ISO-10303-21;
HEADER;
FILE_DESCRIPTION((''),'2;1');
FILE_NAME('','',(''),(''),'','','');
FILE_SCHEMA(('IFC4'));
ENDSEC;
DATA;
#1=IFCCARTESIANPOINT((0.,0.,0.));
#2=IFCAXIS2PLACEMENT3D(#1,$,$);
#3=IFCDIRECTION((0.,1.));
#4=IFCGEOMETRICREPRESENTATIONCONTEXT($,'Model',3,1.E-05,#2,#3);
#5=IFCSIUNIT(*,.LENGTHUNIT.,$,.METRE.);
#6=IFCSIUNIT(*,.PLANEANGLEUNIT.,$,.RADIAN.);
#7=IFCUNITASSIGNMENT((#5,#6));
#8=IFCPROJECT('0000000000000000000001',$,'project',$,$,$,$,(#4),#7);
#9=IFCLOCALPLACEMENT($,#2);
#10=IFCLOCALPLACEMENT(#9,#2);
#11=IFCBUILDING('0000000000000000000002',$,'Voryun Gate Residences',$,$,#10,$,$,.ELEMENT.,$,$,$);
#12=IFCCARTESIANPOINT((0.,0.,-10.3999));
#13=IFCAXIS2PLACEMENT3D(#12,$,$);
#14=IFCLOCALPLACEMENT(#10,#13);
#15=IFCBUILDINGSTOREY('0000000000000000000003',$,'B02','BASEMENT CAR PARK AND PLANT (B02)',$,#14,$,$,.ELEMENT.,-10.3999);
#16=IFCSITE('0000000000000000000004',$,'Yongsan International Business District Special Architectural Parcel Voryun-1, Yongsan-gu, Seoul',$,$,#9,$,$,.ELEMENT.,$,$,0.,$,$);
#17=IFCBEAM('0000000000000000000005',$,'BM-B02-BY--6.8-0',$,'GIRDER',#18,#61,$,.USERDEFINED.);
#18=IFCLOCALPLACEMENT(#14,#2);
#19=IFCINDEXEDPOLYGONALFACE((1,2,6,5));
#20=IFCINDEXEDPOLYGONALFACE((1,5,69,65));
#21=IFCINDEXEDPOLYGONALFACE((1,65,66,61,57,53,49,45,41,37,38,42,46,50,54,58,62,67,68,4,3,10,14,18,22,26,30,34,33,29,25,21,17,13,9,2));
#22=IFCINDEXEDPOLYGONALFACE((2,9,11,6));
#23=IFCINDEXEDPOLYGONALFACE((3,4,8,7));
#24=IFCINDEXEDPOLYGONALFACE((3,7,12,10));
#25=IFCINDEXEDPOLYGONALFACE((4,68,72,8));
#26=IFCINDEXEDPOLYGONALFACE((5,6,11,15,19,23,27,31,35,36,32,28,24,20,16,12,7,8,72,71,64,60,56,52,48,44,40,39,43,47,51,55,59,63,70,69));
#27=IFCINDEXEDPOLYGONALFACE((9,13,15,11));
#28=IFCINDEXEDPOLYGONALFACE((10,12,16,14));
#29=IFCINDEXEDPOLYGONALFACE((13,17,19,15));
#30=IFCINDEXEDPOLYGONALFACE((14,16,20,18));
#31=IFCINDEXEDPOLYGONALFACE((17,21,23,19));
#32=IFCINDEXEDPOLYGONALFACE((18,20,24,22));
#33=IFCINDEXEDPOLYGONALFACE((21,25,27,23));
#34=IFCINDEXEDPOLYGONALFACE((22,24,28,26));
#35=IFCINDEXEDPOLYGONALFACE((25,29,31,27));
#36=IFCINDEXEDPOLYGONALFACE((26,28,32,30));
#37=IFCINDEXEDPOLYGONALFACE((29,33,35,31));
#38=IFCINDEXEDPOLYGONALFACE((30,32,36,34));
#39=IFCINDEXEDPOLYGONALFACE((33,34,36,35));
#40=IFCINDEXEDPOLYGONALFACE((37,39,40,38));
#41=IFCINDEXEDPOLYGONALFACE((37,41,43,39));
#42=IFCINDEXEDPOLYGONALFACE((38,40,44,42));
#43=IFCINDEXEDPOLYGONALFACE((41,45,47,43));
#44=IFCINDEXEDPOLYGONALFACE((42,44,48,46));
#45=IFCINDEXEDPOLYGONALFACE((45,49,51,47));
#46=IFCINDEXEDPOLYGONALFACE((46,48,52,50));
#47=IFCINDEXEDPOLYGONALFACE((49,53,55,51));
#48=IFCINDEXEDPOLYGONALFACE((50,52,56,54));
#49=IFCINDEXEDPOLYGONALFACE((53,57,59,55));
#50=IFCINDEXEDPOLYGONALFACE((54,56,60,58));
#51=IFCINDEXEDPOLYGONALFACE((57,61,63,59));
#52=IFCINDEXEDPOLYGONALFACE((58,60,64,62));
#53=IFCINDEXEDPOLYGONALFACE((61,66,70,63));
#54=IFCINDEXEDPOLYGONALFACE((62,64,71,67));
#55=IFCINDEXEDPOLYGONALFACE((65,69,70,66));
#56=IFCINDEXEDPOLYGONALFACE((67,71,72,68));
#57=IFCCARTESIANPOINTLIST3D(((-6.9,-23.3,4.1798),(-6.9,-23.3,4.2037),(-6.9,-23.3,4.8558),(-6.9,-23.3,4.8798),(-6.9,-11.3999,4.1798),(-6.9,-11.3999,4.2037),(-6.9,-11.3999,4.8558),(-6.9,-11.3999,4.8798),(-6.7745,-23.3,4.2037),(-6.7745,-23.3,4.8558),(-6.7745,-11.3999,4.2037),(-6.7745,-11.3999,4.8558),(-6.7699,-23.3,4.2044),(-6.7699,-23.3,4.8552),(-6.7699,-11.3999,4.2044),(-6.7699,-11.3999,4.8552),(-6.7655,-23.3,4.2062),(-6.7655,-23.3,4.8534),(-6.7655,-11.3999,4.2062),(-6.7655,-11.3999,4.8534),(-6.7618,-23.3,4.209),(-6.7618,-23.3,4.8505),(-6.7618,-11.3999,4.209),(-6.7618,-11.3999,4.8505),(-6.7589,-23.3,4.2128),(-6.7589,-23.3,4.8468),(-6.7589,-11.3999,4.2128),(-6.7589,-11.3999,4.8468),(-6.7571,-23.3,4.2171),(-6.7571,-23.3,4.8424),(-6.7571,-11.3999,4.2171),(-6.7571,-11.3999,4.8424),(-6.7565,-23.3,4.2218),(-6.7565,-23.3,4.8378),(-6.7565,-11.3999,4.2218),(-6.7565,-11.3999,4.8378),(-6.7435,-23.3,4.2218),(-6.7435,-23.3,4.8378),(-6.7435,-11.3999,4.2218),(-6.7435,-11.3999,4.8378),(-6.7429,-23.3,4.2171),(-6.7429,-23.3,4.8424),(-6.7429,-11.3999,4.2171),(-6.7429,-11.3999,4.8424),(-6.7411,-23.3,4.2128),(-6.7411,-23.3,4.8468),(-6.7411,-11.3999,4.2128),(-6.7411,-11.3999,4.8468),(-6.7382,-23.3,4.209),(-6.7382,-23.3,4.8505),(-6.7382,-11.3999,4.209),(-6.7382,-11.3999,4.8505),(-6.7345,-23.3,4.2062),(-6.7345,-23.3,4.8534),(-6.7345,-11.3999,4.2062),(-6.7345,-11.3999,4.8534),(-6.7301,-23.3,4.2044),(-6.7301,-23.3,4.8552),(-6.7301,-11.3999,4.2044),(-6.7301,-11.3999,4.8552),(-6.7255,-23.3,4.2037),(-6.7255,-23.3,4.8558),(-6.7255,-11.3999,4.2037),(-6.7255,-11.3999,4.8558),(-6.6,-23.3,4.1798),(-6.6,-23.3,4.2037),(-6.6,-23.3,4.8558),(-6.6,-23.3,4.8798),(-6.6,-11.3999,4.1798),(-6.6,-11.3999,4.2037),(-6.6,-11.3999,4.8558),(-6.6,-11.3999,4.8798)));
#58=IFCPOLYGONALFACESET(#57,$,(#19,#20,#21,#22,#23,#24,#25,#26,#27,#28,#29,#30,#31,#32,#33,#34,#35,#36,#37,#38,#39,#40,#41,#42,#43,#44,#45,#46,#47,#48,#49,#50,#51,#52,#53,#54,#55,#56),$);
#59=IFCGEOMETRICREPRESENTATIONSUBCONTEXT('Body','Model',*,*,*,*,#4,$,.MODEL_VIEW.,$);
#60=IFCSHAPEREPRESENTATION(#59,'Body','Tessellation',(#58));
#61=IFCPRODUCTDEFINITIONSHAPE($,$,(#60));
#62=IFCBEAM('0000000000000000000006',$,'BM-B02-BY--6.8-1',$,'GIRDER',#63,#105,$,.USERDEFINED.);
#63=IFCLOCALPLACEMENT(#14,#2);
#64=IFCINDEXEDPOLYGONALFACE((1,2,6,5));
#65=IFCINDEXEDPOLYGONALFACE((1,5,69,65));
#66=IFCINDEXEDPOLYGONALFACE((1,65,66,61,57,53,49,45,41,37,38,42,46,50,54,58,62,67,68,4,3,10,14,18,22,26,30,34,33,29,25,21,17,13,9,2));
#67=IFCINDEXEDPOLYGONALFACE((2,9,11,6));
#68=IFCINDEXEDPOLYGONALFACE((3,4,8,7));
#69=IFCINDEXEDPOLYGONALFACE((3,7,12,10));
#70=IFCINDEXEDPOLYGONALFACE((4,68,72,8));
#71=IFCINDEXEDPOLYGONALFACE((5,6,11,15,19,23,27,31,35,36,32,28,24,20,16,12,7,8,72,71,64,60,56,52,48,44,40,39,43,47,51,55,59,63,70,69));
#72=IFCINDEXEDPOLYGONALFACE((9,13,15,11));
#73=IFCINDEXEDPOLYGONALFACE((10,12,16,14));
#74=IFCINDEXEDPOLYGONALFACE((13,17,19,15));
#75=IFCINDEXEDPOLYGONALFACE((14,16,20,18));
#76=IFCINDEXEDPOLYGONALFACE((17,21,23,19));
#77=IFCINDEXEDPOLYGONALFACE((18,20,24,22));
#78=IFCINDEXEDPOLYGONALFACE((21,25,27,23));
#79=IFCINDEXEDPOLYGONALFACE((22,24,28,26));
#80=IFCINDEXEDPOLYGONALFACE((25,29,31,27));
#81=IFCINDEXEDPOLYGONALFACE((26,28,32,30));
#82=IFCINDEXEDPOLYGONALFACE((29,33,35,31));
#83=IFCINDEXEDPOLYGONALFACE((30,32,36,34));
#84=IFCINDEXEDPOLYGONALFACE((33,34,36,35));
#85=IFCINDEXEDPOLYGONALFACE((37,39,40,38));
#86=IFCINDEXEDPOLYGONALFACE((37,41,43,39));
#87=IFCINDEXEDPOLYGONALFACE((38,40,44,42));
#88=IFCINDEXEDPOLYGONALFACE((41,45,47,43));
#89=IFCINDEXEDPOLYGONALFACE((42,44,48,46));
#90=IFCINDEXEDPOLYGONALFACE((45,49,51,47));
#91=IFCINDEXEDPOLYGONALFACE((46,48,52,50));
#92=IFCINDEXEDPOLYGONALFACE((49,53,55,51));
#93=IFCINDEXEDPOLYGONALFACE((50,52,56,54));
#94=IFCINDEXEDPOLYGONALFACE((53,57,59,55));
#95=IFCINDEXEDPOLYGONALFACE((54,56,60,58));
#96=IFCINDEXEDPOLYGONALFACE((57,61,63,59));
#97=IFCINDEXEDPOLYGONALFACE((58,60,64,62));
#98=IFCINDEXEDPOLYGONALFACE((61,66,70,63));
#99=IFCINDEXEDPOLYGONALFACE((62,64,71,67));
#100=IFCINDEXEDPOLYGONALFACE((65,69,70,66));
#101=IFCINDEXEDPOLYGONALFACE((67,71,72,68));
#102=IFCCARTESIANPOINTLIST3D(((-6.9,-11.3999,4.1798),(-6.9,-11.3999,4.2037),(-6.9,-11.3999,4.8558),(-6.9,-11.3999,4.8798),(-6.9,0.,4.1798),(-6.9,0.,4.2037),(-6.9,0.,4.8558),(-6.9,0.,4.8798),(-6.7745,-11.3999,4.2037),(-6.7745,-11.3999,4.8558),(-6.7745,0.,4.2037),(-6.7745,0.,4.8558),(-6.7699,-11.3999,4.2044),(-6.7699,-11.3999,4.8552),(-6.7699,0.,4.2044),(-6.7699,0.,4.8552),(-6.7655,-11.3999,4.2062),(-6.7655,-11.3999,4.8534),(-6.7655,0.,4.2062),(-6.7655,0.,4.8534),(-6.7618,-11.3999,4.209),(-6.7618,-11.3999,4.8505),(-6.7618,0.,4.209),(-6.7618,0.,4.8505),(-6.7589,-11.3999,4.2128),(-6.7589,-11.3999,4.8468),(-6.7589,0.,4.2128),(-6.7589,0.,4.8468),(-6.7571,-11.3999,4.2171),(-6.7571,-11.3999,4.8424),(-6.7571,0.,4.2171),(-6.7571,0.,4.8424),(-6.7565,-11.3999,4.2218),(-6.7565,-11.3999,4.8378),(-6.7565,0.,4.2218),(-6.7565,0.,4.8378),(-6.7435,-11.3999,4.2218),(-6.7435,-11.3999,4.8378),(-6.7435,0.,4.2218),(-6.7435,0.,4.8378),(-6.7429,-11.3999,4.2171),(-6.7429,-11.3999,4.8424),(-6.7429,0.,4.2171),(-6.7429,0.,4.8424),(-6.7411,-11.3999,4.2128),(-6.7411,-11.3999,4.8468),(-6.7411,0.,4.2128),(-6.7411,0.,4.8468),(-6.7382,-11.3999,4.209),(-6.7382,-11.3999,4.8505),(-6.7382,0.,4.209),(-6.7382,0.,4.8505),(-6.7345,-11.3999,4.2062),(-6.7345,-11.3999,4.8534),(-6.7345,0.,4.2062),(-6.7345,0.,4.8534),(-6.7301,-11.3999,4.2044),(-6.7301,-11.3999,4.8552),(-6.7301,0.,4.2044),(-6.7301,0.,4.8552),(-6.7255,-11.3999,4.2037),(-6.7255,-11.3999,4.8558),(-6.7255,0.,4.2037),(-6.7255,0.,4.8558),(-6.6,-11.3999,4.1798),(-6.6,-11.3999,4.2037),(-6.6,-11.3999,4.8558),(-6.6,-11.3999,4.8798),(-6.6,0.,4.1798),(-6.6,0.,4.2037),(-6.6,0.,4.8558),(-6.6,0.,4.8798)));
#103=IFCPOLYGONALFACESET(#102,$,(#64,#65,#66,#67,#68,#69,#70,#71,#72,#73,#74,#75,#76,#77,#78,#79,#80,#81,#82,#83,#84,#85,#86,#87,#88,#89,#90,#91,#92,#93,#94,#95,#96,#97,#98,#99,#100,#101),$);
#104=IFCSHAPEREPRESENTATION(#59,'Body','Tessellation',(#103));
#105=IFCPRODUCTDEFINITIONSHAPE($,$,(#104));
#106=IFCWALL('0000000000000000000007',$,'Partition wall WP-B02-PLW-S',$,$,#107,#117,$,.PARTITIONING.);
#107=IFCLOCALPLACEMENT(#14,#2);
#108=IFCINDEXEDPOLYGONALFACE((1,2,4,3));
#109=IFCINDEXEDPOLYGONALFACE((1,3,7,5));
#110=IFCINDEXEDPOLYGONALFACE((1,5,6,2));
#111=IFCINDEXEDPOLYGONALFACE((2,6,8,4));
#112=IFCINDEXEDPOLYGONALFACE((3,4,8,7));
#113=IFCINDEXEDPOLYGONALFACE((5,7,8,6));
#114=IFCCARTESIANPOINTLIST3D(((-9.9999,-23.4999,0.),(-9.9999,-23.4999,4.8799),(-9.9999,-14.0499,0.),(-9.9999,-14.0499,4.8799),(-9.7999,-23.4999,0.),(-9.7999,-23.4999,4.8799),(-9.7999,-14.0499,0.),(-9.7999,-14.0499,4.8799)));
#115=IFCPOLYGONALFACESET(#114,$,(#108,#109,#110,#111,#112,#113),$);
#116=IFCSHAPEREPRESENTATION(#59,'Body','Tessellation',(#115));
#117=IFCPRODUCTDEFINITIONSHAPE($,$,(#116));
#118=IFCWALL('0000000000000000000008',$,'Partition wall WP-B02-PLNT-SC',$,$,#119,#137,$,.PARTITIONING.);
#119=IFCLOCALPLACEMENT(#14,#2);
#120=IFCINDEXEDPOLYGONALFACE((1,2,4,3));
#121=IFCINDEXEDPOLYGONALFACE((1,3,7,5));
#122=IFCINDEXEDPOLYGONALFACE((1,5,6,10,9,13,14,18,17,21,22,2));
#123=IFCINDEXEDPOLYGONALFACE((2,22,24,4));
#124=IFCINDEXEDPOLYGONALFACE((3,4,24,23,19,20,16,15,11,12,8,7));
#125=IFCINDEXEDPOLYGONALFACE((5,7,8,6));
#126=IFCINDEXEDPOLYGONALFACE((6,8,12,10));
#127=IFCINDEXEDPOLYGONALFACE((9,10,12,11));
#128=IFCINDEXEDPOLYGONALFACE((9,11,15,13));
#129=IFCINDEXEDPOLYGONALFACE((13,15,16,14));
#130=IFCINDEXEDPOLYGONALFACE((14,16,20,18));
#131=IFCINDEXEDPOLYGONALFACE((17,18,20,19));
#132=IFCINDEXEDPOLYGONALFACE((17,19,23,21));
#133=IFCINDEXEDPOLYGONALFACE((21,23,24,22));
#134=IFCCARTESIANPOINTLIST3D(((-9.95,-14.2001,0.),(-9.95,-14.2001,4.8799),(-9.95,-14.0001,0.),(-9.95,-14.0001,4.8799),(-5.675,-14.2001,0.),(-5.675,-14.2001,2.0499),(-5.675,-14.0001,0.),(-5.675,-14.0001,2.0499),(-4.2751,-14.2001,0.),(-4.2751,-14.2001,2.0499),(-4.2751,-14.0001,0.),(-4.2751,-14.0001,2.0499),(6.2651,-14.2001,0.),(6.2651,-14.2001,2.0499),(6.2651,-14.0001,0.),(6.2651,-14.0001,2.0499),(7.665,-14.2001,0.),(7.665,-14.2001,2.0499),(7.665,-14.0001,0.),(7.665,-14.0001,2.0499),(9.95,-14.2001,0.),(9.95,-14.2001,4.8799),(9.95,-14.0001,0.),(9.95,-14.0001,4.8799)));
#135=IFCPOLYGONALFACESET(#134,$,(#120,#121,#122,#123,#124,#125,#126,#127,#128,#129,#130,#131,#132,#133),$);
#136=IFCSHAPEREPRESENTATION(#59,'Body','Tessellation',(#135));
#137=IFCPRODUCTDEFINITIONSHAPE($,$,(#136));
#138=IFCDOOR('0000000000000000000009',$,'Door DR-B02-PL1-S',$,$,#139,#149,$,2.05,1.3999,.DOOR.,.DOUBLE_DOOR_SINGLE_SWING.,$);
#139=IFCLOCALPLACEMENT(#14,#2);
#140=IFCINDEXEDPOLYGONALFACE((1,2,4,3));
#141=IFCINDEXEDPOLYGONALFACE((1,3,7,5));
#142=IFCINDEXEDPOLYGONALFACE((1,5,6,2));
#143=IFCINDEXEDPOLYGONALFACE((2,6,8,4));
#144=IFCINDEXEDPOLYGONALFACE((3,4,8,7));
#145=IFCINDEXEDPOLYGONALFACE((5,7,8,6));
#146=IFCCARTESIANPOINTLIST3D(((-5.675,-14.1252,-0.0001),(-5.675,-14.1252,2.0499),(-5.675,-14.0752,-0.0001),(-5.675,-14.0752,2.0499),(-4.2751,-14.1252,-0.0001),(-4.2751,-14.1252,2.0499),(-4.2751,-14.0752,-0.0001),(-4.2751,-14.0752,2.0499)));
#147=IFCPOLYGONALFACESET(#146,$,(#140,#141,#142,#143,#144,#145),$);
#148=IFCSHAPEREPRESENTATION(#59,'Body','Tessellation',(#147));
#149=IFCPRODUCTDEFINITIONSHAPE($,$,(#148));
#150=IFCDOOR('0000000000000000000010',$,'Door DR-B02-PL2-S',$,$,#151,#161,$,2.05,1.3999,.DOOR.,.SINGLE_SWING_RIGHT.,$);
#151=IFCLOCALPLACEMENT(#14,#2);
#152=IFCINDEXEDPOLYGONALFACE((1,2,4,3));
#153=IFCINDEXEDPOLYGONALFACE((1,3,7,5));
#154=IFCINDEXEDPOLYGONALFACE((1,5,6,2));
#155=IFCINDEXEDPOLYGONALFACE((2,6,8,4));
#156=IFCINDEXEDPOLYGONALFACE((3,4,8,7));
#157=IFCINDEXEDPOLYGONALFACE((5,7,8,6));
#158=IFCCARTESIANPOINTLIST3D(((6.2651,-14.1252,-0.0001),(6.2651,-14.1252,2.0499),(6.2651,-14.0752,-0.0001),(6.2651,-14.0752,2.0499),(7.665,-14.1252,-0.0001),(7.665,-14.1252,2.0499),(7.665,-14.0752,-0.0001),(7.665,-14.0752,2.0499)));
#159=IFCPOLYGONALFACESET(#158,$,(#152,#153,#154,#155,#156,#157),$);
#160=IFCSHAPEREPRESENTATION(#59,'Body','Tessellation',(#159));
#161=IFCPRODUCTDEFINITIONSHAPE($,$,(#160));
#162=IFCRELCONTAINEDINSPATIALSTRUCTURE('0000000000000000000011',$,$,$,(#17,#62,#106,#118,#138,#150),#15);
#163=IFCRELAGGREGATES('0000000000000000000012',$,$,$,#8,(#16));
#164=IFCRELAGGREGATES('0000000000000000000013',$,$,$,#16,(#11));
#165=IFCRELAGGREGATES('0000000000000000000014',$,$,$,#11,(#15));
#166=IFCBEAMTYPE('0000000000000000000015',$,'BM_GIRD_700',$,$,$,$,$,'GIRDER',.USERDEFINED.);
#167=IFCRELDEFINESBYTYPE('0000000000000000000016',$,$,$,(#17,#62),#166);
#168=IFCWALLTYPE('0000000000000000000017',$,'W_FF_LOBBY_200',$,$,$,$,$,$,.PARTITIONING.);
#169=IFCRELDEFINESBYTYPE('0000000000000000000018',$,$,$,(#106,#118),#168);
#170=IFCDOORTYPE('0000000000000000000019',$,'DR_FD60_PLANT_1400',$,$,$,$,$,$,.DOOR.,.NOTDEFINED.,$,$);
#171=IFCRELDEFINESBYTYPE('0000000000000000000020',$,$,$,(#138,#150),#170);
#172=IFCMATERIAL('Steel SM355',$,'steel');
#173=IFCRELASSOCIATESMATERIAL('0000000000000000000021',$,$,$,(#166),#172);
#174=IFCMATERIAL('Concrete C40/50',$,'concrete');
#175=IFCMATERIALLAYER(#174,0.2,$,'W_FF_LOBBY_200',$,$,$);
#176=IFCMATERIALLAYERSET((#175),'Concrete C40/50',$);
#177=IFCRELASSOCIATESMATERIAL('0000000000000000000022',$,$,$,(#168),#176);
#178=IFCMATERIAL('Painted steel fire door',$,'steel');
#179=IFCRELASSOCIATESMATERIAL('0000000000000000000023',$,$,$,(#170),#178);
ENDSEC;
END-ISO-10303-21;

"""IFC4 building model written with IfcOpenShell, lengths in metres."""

from ifc_helpers import new_model, si_unit, direction, frame, frame_2d, origin, origin_2d, place, context, subcontext, project, spatial, rectangle, i_section, extrude, material, layer, layer_set, material_profile, profile_set, type_object, element, fill, save


model = new_model("IFC4")

# Units and contexts
model_context = context("Model", 3, precision=1e-05, world=origin(), true_north=direction((0.0, 1.0)))
body_context = subcontext(model_context, "Body", "Model", "MODEL_VIEW")
ifc_project = project(units=[si_unit("LENGTHUNIT", "METRE"), si_unit("PLANEANGLEUNIT", "RADIAN")], contexts=[model_context])

# Site, building, storey
site_placement = place(None, origin())
site = spatial("IfcSite", under=ifc_project, at=site_placement, Name="Yongsan International Business District Special Architectural Parcel Voryun-1, Yongsan-gu, Seoul", CompositionType="ELEMENT", RefElevation=0.0)
building_placement = place(site_placement, origin())
building = spatial("IfcBuilding", under=site, at=building_placement, Name="Voryun Gate Residences", CompositionType="ELEMENT")
storey_placement = place(building_placement, frame((0.0, 0.0, -10.3999)))
storey = spatial("IfcBuildingStorey", under=building, at=storey_placement, Name="B02", Description="BASEMENT CAR PARK AND PLANT (B02)", CompositionType="ELEMENT", Elevation=-10.3999)

# Beams
ifc_material_1 = material(Name="Steel SM355", Category="steel")
ifc_material_profile_1 = material_profile(ifc_material_1, i_section(OverallWidth=0.3, OverallDepth=0.7, WebThickness=0.0129, FlangeThickness=0.0239, FilletRadius=0.0181, at=origin_2d()), Name="H-700x300x13x24")
ifc_profile_set_1 = profile_set([ifc_material_profile_1], Name="Steel SM355")
beam_type_1 = type_object("IfcBeamType", Name="BM_GIRD_700", ElementType="GIRDER", PredefinedType="USERDEFINED", material=ifc_profile_set_1)
beam_1_placement = place(storey_placement, frame((-6.75, -23.3, 4.5298), z_axis=(0.0, 1.0, 0.0), x_axis=(-1.0, 0.0, 0.0)))
element("IfcBeam", 1, at=beam_1_placement, inside=storey, type_object=beam_type_1, Name="BM-B02-BY--6.8-0", ObjectType="GIRDER", PredefinedType="USERDEFINED", context=body_context, shape_type="SweptSolid", body=[
    extrude(i_section(OverallWidth=0.3, OverallDepth=0.7, WebThickness=0.0129, FlangeThickness=0.0239, FilletRadius=0.0181, at=origin_2d()), origin(), (0.0, 0.0, 1.0), 11.9001),
])
beam_2_placement = place(storey_placement, frame((-6.75, -11.3999, 4.5298), z_axis=(0.0, 1.0, 0.0), x_axis=(-1.0, 0.0, 0.0)))
element("IfcBeam", 2, at=beam_2_placement, inside=storey, type_object=beam_type_1, Name="BM-B02-BY--6.8-1", ObjectType="GIRDER", PredefinedType="USERDEFINED", context=body_context, shape_type="SweptSolid", body=[
    extrude(i_section(OverallWidth=0.3, OverallDepth=0.7, WebThickness=0.0129, FlangeThickness=0.0239, FilletRadius=0.0181, at=origin_2d()), origin(), (0.0, 0.0, 1.0), 11.3999),
])

# Wall
ifc_material_2 = material(Name="Concrete C40/50", Category="concrete")
ifc_layer = layer(ifc_material_2, 0.2, Name="W_FF_LOBBY_200")
ifc_layer_set = layer_set([ifc_layer], Name="Concrete C40/50")
wall_type = type_object("IfcWallType", Name="W_FF_LOBBY_200", PredefinedType="PARTITIONING", material=ifc_layer_set)
wall_1_placement = place(storey_placement, frame((-9.8999, -23.5, 0.0), z_axis=(0.0, 0.0, 1.0), x_axis=(0.0, 1.0, 0.0)))
element("IfcWall", 3, at=wall_1_placement, inside=storey, type_object=wall_type, Name="Partition wall WP-B02-PLW-S", PredefinedType="PARTITIONING", context=body_context, shape_type="SweptSolid", body=[
    extrude(rectangle(XDim=9.45, YDim=0.2, at=frame_2d((4.7251, 0.0))), origin(), (0.0, 0.0, 1.0), 4.8799),
])

# Wall, openings, doors
wall_2_placement = place(storey_placement, frame((-9.95, -14.1001, 0.0), z_axis=(0.0, 0.0, 1.0), x_axis=(1.0, 0.0, 0.0)))
wall_2 = element("IfcWall", 4, at=wall_2_placement, inside=storey, type_object=wall_type, Name="Partition wall WP-B02-PLNT-SC", PredefinedType="PARTITIONING", context=body_context, shape_type="SweptSolid", body=[
    extrude(rectangle(XDim=19.8999, YDim=0.2, at=frame_2d((9.95, 0.0))), origin(), (0.0, 0.0, 1.0), 4.8799),
])
opening_1_placement = place(wall_2_placement, frame((4.2749, 0.0, 0.0)))
opening_1 = element("IfcOpeningElement", 5, at=opening_1_placement, cuts=wall_2, PredefinedType="OPENING", context=body_context, shape_type="SweptSolid", body=[
    extrude(rectangle(XDim=1.3999, YDim=2.05, at=frame_2d((0.7, 1.0249))), frame((0.0, 0.1101, 0.0), z_axis=(0.0, -1.0, 0.0), x_axis=(1.0, 0.0, 0.0)), (0.0, 0.0, 1.0), 0.22),
])
opening_2_placement = place(wall_2_placement, frame((16.2151, 0.0, 0.0)))
opening_2 = element("IfcOpeningElement", 6, at=opening_2_placement, cuts=wall_2, PredefinedType="OPENING", context=body_context, shape_type="SweptSolid", body=[
    extrude(rectangle(XDim=1.3999, YDim=2.05, at=frame_2d((0.7, 1.0249))), frame((0.0, 0.1101, 0.0), z_axis=(0.0, -1.0, 0.0), x_axis=(1.0, 0.0, 0.0)), (0.0, 0.0, 1.0), 0.22),
])
ifc_material_3 = material(Name="Painted steel fire door", Category="steel")
door_type = type_object("IfcDoorType", Name="DR_FD60_PLANT_1400", OperationType="NOTDEFINED", PredefinedType="DOOR", material=ifc_material_3)
door_1_placement = place(opening_1_placement, origin())
door_1 = element("IfcDoor", 7, at=door_1_placement, inside=storey, type_object=door_type, Name="Door DR-B02-PL1-S", OperationType="DOUBLE_DOOR_SINGLE_SWING", OverallHeight=2.05, OverallWidth=1.3999, PredefinedType="DOOR", context=body_context, shape_type="SweptSolid", body=[
    extrude(rectangle(XDim=1.3999, YDim=2.05, at=frame_2d((0.7, 1.0249))), frame((0.0, 0.0249, 0.0), z_axis=(0.0, -1.0, 0.0), x_axis=(1.0, 0.0, 0.0)), (0.0, 0.0, 1.0), 0.05),
])
fill(opening_1, door_1)
door_2_placement = place(opening_2_placement, origin())
door_2 = element("IfcDoor", 8, at=door_2_placement, inside=storey, type_object=door_type, Name="Door DR-B02-PL2-S", OperationType="SINGLE_SWING_RIGHT", OverallHeight=2.05, OverallWidth=1.3999, PredefinedType="DOOR", context=body_context, shape_type="SweptSolid", body=[
    extrude(rectangle(XDim=1.3999, YDim=2.05, at=frame_2d((0.7, 1.0249))), frame((0.0, 0.0249, 0.0), z_axis=(0.0, -1.0, 0.0), x_axis=(1.0, 0.0, 0.0)), (0.0, 0.0, 1.0), 0.05),
])
fill(opening_2, door_2)

save(model, "model.ifc")
